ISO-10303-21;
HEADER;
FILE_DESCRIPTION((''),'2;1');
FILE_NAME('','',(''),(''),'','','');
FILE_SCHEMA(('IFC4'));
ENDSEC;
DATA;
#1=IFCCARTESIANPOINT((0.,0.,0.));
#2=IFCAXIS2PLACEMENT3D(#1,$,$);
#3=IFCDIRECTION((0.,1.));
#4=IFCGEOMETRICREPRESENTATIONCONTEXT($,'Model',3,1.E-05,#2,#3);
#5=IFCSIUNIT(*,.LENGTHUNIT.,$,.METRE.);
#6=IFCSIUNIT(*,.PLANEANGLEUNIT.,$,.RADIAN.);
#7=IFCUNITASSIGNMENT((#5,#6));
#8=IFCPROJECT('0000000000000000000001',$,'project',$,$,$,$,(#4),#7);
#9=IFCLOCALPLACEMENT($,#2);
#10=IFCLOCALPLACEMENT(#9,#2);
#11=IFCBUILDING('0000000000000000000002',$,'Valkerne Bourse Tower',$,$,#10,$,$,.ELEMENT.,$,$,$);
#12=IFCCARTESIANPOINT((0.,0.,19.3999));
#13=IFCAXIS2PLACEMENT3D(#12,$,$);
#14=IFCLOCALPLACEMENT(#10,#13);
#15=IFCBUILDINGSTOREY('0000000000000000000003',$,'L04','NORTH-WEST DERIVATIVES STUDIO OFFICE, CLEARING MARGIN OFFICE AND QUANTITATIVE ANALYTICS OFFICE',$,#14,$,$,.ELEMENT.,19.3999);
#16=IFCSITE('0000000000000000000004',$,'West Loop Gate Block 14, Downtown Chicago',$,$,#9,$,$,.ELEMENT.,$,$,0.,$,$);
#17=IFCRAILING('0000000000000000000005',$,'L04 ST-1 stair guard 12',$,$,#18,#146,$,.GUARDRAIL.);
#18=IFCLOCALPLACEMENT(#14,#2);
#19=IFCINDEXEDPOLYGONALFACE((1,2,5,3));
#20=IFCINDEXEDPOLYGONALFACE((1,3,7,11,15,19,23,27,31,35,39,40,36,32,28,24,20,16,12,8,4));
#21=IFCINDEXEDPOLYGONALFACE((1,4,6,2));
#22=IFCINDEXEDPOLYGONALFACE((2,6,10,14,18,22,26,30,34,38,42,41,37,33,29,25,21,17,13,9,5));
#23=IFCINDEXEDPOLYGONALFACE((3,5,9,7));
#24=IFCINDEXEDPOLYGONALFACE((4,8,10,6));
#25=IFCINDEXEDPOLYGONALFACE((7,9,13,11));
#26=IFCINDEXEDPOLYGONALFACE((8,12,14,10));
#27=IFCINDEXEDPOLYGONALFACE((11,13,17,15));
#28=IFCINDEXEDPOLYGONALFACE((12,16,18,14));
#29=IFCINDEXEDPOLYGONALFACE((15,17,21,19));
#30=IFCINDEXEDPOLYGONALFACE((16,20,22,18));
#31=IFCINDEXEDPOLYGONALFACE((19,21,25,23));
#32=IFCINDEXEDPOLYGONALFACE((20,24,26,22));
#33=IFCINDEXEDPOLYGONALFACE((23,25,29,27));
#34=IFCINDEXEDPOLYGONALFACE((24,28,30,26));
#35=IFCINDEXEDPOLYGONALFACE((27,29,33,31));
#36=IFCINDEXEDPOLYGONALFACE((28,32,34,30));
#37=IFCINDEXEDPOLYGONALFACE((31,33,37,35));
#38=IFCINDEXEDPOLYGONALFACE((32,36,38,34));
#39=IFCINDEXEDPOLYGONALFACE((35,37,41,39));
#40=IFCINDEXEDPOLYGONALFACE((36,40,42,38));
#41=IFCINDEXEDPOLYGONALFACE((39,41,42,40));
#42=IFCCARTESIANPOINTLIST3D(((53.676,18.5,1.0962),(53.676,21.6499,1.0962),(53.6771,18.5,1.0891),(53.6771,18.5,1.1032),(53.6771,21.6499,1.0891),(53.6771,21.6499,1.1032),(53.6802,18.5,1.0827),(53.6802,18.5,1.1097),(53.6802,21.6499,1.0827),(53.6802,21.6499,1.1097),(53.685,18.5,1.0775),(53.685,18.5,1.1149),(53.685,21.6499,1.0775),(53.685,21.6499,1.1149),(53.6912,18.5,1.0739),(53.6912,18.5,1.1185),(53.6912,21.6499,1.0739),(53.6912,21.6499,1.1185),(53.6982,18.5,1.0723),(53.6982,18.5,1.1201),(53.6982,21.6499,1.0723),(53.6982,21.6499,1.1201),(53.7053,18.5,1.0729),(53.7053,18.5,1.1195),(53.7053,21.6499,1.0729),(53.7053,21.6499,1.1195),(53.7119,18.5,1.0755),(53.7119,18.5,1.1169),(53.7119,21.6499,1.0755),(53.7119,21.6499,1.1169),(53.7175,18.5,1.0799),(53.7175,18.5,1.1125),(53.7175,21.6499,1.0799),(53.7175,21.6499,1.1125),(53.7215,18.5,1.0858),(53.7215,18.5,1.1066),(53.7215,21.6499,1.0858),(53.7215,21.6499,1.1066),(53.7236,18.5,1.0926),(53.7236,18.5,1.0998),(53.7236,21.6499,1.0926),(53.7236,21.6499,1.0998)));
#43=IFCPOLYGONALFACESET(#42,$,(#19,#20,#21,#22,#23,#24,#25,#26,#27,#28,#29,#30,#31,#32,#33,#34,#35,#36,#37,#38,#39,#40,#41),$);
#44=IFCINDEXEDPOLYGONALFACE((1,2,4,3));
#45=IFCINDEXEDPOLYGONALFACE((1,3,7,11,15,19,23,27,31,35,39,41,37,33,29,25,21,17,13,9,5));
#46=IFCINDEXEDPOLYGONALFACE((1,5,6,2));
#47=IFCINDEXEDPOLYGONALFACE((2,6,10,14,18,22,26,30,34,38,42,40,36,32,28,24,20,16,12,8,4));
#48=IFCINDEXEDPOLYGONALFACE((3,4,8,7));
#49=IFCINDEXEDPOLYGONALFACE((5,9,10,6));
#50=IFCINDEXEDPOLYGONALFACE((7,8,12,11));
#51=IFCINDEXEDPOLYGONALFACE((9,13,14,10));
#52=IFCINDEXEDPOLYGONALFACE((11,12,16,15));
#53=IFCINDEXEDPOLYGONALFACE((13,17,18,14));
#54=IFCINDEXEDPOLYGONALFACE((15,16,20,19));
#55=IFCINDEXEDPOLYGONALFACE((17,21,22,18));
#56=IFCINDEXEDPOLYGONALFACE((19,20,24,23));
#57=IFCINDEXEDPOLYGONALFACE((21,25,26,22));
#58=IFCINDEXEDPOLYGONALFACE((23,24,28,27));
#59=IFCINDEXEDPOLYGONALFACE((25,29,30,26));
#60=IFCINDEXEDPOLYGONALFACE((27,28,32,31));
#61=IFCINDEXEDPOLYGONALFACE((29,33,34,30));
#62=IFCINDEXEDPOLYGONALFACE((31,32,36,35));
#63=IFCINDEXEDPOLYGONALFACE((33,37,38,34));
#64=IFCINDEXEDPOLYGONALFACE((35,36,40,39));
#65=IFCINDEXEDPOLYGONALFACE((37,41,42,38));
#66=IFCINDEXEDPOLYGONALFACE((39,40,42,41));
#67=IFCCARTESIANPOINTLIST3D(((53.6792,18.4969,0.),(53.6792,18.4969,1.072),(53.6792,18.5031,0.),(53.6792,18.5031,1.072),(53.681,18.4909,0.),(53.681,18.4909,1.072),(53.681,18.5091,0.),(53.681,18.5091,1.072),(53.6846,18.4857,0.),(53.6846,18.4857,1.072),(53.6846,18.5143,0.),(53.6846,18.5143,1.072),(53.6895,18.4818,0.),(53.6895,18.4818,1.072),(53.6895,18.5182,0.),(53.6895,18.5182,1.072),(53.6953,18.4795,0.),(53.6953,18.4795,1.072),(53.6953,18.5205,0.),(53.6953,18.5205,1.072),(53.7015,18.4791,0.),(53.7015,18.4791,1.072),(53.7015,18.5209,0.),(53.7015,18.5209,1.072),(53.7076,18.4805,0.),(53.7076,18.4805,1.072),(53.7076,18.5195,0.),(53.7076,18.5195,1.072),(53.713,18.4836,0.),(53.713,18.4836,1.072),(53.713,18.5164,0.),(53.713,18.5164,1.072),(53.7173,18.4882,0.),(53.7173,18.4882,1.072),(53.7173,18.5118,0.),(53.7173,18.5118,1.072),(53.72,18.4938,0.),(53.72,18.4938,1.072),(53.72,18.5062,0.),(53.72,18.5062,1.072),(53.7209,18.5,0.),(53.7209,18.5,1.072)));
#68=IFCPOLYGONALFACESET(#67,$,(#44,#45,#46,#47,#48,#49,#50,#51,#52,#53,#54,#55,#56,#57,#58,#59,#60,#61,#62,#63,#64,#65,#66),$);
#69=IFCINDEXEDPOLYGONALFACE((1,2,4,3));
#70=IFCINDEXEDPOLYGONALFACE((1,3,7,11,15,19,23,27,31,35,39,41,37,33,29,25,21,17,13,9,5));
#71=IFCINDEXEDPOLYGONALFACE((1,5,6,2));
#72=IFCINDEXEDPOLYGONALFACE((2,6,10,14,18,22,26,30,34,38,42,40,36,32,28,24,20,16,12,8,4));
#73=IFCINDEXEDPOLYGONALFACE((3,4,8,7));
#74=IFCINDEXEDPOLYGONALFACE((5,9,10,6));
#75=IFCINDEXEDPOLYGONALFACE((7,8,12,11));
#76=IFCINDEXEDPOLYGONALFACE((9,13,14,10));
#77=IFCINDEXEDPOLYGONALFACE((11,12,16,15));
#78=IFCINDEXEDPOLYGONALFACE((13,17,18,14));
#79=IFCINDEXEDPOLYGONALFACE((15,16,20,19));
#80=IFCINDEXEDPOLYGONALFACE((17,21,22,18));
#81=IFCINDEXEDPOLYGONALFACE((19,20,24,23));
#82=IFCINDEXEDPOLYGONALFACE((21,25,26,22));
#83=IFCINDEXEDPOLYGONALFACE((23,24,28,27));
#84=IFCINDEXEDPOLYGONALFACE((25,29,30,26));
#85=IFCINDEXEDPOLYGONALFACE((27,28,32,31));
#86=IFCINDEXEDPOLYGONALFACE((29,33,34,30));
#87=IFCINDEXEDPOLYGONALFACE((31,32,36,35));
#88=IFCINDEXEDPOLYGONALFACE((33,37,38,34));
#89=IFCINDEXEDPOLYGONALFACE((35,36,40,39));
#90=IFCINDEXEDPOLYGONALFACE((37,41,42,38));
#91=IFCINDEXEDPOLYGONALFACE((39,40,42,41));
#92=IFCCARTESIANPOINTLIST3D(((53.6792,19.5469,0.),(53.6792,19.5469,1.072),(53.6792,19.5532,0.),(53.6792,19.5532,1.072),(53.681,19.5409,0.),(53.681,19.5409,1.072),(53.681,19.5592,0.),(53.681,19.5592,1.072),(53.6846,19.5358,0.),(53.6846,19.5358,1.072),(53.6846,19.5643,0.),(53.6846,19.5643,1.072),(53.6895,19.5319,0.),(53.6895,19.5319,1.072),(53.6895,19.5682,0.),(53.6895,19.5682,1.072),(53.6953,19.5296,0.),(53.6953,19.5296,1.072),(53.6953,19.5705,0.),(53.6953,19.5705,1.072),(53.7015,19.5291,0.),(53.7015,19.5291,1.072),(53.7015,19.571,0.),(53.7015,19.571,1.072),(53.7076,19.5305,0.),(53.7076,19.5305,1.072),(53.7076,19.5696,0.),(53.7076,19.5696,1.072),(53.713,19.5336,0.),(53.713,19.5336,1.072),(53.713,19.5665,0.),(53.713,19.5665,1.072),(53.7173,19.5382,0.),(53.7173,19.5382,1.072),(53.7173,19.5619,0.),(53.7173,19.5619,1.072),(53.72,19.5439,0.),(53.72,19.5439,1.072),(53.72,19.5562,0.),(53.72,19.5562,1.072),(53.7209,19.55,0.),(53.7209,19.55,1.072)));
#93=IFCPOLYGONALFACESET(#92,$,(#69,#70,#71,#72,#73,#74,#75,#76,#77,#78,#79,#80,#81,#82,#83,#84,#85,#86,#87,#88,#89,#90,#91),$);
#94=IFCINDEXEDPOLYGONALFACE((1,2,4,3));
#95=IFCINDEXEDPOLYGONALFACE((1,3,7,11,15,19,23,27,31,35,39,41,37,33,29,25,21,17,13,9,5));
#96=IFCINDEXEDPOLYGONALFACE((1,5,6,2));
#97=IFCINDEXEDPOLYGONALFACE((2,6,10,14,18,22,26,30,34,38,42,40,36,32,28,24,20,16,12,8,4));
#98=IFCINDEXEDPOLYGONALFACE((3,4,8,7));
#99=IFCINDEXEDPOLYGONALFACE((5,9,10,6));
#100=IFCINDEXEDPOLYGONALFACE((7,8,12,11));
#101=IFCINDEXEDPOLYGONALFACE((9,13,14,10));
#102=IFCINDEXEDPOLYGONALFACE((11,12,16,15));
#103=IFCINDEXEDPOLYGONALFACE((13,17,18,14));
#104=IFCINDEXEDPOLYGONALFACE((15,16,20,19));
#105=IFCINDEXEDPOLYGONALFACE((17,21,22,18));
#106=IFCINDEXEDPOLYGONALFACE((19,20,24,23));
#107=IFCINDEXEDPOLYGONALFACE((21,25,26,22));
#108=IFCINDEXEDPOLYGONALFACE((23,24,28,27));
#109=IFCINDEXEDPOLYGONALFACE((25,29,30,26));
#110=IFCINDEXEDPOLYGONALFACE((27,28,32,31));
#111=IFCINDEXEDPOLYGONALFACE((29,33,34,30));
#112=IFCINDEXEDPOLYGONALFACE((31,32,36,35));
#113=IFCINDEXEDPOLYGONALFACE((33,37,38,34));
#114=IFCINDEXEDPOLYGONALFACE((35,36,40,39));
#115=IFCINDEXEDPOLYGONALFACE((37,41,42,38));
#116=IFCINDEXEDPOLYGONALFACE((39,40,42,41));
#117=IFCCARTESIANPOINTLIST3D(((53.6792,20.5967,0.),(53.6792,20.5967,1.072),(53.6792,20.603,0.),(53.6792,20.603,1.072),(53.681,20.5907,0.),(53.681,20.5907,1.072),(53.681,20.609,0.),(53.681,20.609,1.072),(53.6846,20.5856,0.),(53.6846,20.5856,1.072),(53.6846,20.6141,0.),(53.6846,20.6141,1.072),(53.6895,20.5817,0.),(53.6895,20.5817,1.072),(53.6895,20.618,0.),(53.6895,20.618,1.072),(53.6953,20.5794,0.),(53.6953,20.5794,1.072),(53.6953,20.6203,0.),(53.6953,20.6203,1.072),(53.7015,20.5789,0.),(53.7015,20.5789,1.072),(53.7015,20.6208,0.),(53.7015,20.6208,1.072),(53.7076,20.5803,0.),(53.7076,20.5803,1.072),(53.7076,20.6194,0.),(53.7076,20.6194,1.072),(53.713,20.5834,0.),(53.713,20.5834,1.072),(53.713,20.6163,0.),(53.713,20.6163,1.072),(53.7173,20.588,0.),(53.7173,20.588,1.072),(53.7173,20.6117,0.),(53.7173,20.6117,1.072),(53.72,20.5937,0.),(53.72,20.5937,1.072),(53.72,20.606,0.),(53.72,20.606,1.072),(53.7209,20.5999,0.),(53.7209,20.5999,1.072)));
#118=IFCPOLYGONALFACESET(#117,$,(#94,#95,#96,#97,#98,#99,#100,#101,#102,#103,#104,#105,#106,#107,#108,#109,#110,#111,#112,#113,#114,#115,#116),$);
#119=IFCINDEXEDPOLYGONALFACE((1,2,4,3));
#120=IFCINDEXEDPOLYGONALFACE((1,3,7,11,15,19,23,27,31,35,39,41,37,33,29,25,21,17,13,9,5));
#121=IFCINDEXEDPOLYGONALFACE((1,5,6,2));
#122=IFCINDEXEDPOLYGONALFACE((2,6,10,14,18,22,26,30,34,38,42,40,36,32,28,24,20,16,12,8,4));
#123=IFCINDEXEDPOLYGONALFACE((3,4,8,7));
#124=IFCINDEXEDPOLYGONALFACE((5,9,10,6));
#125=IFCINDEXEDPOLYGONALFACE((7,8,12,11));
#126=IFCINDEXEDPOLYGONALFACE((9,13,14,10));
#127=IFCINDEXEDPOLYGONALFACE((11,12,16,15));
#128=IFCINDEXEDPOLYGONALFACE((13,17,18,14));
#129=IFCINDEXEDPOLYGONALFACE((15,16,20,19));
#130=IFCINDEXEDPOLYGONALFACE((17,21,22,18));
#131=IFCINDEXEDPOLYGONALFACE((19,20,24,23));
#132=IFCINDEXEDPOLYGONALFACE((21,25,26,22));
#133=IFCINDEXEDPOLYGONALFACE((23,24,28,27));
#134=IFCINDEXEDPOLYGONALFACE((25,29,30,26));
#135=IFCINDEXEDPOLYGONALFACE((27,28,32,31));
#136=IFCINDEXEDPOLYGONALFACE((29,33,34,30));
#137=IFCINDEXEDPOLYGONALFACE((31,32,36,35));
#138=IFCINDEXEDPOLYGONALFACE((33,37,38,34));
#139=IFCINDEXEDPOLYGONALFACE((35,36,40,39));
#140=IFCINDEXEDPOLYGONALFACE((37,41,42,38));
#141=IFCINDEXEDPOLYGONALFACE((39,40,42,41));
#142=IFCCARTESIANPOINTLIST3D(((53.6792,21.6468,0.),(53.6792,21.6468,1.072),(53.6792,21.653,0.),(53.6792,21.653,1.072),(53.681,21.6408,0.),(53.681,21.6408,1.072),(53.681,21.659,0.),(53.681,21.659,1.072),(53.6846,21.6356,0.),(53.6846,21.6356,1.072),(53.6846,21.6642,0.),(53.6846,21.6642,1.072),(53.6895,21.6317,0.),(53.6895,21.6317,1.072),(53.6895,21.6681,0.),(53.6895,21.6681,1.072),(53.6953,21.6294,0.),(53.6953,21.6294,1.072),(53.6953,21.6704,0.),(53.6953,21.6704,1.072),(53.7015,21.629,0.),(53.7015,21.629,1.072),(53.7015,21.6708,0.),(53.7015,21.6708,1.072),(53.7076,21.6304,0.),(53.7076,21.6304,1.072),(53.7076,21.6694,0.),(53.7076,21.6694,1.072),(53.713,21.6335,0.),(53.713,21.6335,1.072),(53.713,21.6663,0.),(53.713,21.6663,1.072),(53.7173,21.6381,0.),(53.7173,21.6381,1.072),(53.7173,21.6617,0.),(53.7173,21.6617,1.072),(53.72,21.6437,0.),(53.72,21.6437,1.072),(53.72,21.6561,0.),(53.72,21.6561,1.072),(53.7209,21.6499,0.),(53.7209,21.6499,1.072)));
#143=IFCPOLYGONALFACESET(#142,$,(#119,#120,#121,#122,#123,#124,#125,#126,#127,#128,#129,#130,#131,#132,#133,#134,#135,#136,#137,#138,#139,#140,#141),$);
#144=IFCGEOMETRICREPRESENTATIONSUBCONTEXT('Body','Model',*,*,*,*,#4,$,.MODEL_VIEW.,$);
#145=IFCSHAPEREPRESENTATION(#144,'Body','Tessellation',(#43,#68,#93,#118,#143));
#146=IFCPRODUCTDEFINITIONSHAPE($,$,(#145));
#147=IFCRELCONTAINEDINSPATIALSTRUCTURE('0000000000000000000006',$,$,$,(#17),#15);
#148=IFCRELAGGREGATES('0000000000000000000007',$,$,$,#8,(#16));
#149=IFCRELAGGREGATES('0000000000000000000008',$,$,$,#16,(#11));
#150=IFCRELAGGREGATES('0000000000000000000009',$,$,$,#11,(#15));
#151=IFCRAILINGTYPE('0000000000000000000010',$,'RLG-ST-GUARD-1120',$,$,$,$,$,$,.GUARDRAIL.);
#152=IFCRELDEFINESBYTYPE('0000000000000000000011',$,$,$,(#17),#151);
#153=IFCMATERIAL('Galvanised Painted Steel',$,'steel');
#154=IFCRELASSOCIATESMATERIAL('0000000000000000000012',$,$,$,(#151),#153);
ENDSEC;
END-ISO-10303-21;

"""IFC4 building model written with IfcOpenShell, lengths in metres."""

from ifc_helpers import new_model, si_unit, direction, frame, origin, origin_2d, place, context, subcontext, project, spatial, circle, extrude, material, type_object, element, save


model = new_model("IFC4")

# Units and contexts
model_context = context("Model", 3, precision=1e-05, world=origin(), true_north=direction((0.0, 1.0)))
body_context = subcontext(model_context, "Body", "Model", "MODEL_VIEW")
ifc_project = project(units=[si_unit("LENGTHUNIT", "METRE"), si_unit("PLANEANGLEUNIT", "RADIAN")], contexts=[model_context])

# Site, building, storey
site_placement = place(None, origin())
site = spatial("IfcSite", under=ifc_project, at=site_placement, Name="West Loop Gate Block 14, Downtown Chicago", CompositionType="ELEMENT", RefElevation=0.0)
building_placement = place(site_placement, origin())
building = spatial("IfcBuilding", under=site, at=building_placement, Name="Valkerne Bourse Tower", CompositionType="ELEMENT")
storey_placement = place(building_placement, frame((0.0, 0.0, 19.3999)))
storey = spatial("IfcBuildingStorey", under=building, at=storey_placement, Name="L04", Description="NORTH-WEST DERIVATIVES STUDIO OFFICE, CLEARING MARGIN OFFICE AND QUANTITATIVE ANALYTICS OFFICE", CompositionType="ELEMENT", Elevation=19.3999)

# Shared definitions
ifc_material_1 = material(Name="Galvanised Painted Steel", Category="steel")

# Railing
railing_type_1 = type_object("IfcRailingType", Name="RLG-ST-GUARD-1120", PredefinedType="GUARDRAIL", material=ifc_material_1)
railing_1_placement = place(storey_placement, frame((53.7, 18.5, 0.0)))
element("IfcRailing", 1, at=railing_1_placement, inside=storey, type_object=railing_type_1, Name="L04 ST-1 stair guard 12", PredefinedType="GUARDRAIL", context=body_context, shape_type="SweptSolid", body=[
    extrude(circle(Radius=0.0239, at=origin_2d()), frame((0.0, 0.0, 1.0962), z_axis=(0.0, 1.0, 0.0), x_axis=(-1.0, 0.0, 0.0)), (0.0, 0.0, 1.0), 3.1499),
    extrude(circle(Radius=0.021, at=origin_2d()), origin(), (0.0, 0.0, 1.0), 1.072),
    extrude(circle(Radius=0.021, at=origin_2d()), frame((0.0, 1.05, 0.0)), (0.0, 0.0, 1.0), 1.072),
    extrude(circle(Radius=0.021, at=origin_2d()), frame((0.0, 2.0999, 0.0)), (0.0, 0.0, 1.0), 1.072),
    extrude(circle(Radius=0.021, at=origin_2d()), frame((0.0, 3.1499, 0.0)), (0.0, 0.0, 1.0), 1.072),
])

save(model, "model.ifc")
